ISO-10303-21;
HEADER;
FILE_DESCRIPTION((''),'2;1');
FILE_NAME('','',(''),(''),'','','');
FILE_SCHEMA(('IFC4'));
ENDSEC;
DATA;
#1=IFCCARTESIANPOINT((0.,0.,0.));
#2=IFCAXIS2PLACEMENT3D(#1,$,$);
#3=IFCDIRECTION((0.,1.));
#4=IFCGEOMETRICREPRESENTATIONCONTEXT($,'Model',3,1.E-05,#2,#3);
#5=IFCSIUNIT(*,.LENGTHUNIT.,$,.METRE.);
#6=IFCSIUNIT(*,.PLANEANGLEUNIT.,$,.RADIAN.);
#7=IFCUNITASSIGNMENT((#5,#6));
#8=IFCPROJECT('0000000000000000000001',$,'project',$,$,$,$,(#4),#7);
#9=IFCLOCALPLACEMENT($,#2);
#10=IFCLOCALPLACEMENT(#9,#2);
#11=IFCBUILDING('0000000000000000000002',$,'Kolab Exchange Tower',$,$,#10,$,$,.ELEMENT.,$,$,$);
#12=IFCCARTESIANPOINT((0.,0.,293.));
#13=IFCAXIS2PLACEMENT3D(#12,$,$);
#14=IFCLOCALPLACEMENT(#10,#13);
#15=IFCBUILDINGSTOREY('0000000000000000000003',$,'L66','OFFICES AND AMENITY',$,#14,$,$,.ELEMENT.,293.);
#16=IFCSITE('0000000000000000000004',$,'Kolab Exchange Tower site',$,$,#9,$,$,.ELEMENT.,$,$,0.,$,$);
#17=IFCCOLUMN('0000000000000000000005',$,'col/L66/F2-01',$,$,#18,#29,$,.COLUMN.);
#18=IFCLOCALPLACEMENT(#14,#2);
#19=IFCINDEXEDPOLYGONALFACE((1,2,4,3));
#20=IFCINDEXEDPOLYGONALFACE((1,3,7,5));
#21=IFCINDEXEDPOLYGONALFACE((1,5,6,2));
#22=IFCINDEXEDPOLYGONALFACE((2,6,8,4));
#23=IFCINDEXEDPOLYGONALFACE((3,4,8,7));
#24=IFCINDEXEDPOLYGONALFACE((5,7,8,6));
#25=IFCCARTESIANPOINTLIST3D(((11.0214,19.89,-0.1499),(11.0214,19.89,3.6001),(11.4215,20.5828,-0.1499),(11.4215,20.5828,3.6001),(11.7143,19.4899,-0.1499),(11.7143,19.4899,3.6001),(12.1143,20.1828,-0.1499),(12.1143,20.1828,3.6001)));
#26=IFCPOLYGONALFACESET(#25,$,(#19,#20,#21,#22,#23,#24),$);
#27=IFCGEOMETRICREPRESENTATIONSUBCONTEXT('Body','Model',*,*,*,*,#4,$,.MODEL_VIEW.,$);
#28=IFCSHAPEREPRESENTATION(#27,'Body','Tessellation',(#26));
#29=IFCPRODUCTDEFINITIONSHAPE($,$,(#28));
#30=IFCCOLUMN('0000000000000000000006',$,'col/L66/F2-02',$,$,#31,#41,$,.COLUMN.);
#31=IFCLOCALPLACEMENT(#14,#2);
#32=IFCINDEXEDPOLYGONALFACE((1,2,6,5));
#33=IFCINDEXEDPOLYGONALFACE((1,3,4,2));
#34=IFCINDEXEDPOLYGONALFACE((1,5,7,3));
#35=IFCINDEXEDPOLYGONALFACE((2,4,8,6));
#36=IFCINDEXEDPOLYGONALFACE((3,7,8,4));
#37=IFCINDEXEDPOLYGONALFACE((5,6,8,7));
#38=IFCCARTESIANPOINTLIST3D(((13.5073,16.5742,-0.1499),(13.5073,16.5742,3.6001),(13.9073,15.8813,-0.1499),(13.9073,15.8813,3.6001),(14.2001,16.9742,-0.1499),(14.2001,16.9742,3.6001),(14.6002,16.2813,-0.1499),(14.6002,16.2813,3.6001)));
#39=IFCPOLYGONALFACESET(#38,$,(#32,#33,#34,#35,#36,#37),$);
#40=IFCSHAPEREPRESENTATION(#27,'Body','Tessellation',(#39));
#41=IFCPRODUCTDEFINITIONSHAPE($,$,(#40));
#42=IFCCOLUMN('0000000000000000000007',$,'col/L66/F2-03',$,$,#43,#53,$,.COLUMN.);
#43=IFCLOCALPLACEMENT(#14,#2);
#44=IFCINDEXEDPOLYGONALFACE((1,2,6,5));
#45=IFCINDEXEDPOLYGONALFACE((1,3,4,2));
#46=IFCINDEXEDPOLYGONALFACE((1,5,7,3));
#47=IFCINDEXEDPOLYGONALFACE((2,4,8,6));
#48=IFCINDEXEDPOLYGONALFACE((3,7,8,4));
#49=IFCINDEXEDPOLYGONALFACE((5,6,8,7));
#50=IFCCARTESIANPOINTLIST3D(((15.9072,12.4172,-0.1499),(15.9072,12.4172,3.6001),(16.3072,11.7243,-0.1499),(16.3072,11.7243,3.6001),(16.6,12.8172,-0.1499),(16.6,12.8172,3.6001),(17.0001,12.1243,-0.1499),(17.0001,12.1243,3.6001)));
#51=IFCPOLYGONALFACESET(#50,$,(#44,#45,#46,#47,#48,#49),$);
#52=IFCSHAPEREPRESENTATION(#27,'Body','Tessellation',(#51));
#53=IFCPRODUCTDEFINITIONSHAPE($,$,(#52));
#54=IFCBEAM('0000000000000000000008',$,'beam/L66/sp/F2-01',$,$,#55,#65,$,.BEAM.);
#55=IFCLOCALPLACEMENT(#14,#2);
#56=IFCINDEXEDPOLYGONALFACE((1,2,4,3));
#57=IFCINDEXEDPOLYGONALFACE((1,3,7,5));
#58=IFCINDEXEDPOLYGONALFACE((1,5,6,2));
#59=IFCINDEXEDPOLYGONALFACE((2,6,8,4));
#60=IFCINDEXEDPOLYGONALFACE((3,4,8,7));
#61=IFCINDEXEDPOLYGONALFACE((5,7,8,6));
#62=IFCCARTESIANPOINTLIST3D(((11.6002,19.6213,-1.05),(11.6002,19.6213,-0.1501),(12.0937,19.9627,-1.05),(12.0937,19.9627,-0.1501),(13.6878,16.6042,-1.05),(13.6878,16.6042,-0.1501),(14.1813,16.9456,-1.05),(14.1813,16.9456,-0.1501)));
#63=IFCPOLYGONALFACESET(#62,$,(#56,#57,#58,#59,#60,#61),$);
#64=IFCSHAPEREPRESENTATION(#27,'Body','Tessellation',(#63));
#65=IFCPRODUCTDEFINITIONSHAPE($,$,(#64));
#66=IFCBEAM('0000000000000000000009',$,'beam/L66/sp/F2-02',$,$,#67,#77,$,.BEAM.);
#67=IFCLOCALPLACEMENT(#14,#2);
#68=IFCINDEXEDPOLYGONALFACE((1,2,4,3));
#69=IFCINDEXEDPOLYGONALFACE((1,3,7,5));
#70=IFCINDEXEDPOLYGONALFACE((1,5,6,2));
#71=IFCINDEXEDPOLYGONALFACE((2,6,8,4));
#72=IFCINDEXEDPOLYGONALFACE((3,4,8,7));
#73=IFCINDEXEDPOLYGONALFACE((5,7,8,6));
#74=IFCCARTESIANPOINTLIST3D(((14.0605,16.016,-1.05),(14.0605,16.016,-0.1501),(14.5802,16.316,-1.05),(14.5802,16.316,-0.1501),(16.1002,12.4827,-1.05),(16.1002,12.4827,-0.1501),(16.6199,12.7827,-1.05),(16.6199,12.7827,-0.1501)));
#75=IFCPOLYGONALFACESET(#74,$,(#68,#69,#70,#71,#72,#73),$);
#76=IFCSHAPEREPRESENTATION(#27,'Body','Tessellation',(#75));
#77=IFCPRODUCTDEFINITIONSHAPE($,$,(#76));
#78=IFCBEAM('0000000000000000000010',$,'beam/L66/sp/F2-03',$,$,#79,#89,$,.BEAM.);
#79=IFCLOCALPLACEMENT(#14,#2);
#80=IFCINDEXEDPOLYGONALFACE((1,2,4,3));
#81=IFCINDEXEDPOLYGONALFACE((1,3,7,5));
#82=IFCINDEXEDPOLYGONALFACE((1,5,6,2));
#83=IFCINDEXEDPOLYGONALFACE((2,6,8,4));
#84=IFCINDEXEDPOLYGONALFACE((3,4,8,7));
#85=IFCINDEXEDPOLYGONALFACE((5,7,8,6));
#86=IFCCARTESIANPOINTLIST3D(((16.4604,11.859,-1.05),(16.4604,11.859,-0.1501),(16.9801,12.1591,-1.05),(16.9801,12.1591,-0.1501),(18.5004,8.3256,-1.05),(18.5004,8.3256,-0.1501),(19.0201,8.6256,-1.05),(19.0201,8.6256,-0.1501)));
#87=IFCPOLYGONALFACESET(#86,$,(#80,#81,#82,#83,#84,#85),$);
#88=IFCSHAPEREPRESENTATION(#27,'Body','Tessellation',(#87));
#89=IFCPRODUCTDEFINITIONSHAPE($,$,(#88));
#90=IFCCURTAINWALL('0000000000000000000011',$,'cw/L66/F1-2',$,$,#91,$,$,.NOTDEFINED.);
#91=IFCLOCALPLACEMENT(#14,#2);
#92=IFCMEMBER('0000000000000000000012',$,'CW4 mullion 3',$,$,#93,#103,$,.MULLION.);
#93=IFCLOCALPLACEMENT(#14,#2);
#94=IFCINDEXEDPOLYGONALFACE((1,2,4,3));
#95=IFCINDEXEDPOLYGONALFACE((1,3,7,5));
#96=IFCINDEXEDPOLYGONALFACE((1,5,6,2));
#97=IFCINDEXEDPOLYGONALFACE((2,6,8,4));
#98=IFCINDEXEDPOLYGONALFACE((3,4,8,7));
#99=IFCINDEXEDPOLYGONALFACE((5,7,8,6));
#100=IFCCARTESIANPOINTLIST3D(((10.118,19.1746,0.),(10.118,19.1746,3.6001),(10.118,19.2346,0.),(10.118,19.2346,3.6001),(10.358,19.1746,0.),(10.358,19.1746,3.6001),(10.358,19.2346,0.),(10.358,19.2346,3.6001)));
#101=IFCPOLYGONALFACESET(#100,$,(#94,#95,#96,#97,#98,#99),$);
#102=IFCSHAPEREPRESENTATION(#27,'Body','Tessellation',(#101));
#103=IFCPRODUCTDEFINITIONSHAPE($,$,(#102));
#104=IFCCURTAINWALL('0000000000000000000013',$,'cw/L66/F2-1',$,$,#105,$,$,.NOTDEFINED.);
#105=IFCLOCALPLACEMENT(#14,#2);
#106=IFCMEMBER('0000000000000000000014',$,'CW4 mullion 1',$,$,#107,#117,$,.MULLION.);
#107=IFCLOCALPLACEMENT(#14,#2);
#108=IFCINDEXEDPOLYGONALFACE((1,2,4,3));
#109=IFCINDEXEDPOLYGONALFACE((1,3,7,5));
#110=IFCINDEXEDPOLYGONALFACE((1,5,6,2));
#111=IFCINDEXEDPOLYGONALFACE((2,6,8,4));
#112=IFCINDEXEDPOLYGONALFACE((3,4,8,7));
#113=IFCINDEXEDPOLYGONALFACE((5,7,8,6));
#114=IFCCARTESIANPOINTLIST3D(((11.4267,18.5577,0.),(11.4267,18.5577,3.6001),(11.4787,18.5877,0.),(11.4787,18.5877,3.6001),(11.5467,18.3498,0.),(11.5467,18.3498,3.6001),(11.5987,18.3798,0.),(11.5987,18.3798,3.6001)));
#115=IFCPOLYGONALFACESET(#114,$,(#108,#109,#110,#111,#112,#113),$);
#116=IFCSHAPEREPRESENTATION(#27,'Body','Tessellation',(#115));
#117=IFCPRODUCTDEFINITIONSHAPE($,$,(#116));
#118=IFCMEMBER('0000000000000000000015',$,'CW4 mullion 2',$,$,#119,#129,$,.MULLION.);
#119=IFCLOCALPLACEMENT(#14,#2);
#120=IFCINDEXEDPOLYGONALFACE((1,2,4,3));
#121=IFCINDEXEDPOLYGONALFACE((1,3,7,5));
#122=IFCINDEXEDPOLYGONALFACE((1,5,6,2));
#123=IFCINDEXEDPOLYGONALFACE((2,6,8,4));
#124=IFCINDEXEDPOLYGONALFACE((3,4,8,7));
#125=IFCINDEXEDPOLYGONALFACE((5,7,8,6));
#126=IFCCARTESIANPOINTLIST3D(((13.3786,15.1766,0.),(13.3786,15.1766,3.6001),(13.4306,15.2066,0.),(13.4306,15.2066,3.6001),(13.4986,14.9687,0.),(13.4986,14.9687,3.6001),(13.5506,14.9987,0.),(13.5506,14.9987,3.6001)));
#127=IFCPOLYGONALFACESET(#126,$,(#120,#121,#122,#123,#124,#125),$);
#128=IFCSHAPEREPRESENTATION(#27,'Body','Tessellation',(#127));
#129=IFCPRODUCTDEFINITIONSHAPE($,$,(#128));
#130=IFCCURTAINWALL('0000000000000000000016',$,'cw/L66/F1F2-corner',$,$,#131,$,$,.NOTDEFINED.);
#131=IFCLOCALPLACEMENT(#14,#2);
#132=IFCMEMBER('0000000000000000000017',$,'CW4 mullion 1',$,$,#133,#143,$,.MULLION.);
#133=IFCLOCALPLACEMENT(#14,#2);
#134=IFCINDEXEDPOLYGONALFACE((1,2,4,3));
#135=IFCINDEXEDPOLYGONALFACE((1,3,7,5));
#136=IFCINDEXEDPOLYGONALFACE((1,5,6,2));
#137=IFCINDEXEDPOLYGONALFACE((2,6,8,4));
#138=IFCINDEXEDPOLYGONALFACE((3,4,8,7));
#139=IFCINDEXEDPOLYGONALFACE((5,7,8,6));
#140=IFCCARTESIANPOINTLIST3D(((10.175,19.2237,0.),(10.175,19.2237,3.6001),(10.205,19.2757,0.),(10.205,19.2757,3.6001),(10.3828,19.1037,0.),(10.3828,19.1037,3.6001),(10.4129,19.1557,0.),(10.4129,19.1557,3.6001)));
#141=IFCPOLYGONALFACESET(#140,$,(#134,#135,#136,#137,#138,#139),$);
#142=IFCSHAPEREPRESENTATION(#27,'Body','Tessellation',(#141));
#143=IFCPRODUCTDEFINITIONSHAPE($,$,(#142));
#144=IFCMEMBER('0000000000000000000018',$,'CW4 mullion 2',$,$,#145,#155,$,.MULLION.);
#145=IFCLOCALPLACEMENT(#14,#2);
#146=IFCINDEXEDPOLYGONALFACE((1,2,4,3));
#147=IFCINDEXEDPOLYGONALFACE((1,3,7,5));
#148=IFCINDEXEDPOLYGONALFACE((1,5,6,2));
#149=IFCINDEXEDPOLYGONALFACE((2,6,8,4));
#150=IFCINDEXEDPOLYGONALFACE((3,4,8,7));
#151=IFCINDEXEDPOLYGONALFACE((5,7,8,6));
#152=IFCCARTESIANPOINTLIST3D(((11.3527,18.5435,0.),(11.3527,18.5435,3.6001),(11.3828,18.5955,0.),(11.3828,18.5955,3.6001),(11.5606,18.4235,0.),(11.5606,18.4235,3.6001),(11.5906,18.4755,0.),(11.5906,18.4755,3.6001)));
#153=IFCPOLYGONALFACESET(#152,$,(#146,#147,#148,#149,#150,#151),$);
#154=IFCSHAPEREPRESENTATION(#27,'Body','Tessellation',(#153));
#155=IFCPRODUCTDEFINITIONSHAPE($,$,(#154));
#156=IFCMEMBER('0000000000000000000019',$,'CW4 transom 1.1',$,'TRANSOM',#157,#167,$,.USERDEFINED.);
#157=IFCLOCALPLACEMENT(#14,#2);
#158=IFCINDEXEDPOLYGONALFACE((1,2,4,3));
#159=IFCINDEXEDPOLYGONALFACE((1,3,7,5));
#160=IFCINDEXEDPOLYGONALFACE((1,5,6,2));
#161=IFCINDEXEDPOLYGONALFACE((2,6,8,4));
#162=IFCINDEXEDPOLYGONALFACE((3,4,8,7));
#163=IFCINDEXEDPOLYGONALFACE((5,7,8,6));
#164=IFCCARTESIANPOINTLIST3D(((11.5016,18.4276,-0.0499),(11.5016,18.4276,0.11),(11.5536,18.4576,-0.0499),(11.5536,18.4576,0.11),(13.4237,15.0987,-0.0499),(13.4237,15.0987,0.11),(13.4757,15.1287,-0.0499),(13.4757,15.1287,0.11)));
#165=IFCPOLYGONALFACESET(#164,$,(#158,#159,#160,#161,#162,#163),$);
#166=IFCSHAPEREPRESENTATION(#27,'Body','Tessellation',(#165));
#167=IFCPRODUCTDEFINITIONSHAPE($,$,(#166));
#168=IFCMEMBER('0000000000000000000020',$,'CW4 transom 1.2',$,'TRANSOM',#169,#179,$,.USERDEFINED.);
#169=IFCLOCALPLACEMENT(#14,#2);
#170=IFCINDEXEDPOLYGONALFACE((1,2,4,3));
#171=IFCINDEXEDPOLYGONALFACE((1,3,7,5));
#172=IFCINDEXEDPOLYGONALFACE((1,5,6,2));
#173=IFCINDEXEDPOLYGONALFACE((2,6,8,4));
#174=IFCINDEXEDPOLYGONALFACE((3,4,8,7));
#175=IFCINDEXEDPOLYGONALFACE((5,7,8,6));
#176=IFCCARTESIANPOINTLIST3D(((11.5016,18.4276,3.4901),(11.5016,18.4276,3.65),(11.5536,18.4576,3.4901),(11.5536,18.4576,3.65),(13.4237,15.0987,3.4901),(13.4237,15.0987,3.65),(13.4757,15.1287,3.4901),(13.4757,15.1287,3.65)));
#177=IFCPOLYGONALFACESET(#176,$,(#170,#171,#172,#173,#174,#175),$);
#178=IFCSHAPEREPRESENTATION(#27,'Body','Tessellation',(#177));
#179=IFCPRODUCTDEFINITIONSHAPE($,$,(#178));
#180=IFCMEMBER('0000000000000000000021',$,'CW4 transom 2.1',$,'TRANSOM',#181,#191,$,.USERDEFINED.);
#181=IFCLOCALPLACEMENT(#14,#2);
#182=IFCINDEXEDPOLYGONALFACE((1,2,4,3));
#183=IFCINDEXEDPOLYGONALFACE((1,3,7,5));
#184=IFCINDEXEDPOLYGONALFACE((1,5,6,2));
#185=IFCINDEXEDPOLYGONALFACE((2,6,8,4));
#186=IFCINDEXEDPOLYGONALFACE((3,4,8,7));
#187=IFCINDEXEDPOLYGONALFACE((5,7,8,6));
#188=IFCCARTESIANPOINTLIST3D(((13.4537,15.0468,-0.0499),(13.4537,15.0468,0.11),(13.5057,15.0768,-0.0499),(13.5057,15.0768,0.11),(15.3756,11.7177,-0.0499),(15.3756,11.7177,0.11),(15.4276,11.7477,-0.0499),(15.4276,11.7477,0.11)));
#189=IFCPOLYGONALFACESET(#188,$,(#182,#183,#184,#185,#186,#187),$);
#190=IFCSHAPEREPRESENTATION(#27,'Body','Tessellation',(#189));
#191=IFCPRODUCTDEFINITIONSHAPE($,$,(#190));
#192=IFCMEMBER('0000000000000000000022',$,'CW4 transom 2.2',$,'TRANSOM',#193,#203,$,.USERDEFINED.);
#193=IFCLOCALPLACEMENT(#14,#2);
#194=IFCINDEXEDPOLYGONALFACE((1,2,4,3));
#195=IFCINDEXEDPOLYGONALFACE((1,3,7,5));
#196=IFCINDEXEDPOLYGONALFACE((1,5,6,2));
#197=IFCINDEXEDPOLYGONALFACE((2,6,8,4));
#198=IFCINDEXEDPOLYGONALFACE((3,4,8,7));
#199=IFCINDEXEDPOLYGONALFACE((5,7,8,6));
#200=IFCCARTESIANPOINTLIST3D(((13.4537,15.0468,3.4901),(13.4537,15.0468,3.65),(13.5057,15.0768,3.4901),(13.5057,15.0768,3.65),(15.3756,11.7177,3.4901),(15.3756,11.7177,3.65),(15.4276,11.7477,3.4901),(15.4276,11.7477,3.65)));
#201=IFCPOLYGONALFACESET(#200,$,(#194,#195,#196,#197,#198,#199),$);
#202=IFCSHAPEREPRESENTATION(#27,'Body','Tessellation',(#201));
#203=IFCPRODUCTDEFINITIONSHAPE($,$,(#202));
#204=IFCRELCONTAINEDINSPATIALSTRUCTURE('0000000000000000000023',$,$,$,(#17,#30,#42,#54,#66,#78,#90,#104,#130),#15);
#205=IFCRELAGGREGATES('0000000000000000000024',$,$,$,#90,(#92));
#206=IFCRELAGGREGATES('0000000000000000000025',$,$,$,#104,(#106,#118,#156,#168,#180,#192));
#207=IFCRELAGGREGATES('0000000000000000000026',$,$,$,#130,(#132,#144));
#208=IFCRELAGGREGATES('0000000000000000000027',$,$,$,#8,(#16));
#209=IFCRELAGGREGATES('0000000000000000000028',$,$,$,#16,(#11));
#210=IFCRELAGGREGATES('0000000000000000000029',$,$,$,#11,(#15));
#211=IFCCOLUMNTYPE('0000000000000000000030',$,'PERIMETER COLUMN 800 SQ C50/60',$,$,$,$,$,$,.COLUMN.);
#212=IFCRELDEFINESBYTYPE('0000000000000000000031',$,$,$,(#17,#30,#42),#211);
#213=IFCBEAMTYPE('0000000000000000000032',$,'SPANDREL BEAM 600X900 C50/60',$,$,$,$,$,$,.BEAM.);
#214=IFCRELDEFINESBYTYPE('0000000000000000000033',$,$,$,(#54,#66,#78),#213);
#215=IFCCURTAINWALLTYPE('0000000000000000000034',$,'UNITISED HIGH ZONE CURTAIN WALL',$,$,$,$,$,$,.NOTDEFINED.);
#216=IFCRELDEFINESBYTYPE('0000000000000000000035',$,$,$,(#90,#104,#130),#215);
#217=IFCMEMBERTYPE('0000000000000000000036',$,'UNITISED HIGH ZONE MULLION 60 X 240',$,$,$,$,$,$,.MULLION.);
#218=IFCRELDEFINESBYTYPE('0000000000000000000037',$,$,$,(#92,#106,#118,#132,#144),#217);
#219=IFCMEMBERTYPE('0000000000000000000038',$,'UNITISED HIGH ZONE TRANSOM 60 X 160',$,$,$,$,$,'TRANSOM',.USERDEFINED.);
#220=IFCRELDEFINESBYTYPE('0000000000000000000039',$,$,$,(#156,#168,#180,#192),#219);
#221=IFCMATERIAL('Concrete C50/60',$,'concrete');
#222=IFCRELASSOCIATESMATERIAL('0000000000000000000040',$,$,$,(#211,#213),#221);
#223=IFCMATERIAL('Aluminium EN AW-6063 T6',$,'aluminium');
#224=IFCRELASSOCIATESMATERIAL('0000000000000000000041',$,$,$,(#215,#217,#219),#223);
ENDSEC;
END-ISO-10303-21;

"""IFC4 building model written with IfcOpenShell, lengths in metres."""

from ifc_helpers import new_model, si_unit, direction, frame, origin, origin_2d, place, context, subcontext, project, spatial, rectangle, extrude, material, material_profile, profile_set, type_object, element, aggregate, save


model = new_model("IFC4")

# Units and contexts
model_context = context("Model", 3, precision=1e-05, world=origin(), true_north=direction((0.0, 1.0)))
body_context = subcontext(model_context, "Body", "Model", "MODEL_VIEW")
ifc_project = project(units=[si_unit("LENGTHUNIT", "METRE"), si_unit("PLANEANGLEUNIT", "RADIAN")], contexts=[model_context])

# Site, building, storey
site_placement = place(None, origin())
site = spatial("IfcSite", under=ifc_project, at=site_placement, Name="Kolab Exchange Tower site", CompositionType="ELEMENT", RefElevation=0.0)
building_placement = place(site_placement, origin())
building = spatial("IfcBuilding", under=site, at=building_placement, Name="Kolab Exchange Tower", CompositionType="ELEMENT")
storey_placement = place(building_placement, frame((0.0, 0.0, 293.0)))
storey = spatial("IfcBuildingStorey", under=building, at=storey_placement, Name="L66", Description="OFFICES AND AMENITY", CompositionType="ELEMENT", Elevation=293.0)

# Columns
ifc_material_1 = material(Name="Concrete C50/60", Category="concrete")
ifc_material_profile_1 = material_profile(ifc_material_1, rectangle(XDim=0.8, YDim=0.8, at=origin_2d()), Name="RC800")
ifc_profile_set_1 = profile_set([ifc_material_profile_1], Name="Concrete C50/60")
column_type = type_object("IfcColumnType", Name="PERIMETER COLUMN 800 SQ C50/60", PredefinedType="COLUMN", material=ifc_profile_set_1)
for number, where, z_axis, x_axis, name in (
    (1, (11.5679, 20.0364, -0.1499), (0.0, 0.0, 1.0), (0.5, 0.866025, 0.0), "col/L66/F2-01"),
    (2, (14.0537, 16.4277, -0.1499), (0.0, 0.0, 1.0), (0.866025, 0.5, 0.0), "col/L66/F2-02"),
    (3, (16.4536, 12.2708, -0.1499), (0.0, 0.0, 1.0), (0.866025, 0.5, 0.0), "col/L66/F2-03"),
):
    element("IfcColumn", number, at=place(storey_placement, frame(where, z_axis=z_axis, x_axis=x_axis)), inside=storey, type_object=column_type, Name=name, PredefinedType="COLUMN", context=body_context, shape_type="SweptSolid", body=[
        extrude(rectangle(XDim=0.8, YDim=0.8, at=origin_2d()), origin(), (0.0, 0.0, 1.0), 3.75),
    ])

# Beams
ifc_material_profile_2 = material_profile(ifc_material_1, rectangle(XDim=0.6001, YDim=0.8999, at=origin_2d()), Name="RC600X900")
ifc_profile_set_2 = profile_set([ifc_material_profile_2], Name="Concrete C50/60")
beam_type = type_object("IfcBeamType", Name="SPANDREL BEAM 600X900 C50/60", PredefinedType="BEAM", material=ifc_profile_set_2)
beam_1_placement = place(storey_placement, frame((11.8469, 19.792, -0.6001), z_axis=(0.569006, -0.822334, 0.0), x_axis=(0.822334, 0.569006, 0.0)))
element("IfcBeam", 4, at=beam_1_placement, inside=storey, type_object=beam_type, Name="beam/L66/sp/F2-01", PredefinedType="BEAM", context=body_context, shape_type="SweptSolid", body=[
    extrude(rectangle(XDim=0.6001, YDim=0.8999, at=origin_2d()), origin(), (0.0, 0.0, 1.0), 3.6689),
])
beam_2_placement = place(storey_placement, frame((14.3203, 16.166, -0.6001), z_axis=(0.499956, -0.866051, 0.0), x_axis=(0.866051, 0.499956, 0.0)))
element("IfcBeam", 5, at=beam_2_placement, inside=storey, type_object=beam_type, Name="beam/L66/sp/F2-02", PredefinedType="BEAM", context=body_context, shape_type="SweptSolid", body=[
    extrude(rectangle(XDim=0.6001, YDim=0.8999, at=origin_2d()), origin(), (0.0, 0.0, 1.0), 4.0798),
])
beam_3_placement = place(storey_placement, frame((16.7202, 12.009, -0.6001), z_axis=(0.5, -0.866025, 0.0), x_axis=(0.866025, 0.5, 0.0)))
element("IfcBeam", 6, at=beam_3_placement, inside=storey, type_object=beam_type, Name="beam/L66/sp/F2-03", PredefinedType="BEAM", context=body_context, shape_type="SweptSolid", body=[
    extrude(rectangle(XDim=0.6001, YDim=0.8999, at=origin_2d()), origin(), (0.0, 0.0, 1.0), 4.0801),
])

# Curtain wall, member
ifc_material_2 = material(Name="Aluminium EN AW-6063 T6", Category="aluminium")
curtain_wall_type = type_object("IfcCurtainWallType", Name="UNITISED HIGH ZONE CURTAIN WALL", PredefinedType="NOTDEFINED", material=ifc_material_2)
curtain_wall_1_placement = place(storey_placement, origin())
curtain_wall_1 = element("IfcCurtainWall", 7, at=curtain_wall_1_placement, inside=storey, type_object=curtain_wall_type, Name="cw/L66/F1-2", PredefinedType="NOTDEFINED")
ifc_material_profile_3 = material_profile(ifc_material_2, rectangle(XDim=0.0601, YDim=0.24, at=origin_2d()), Name="RECT 60X240")
ifc_profile_set_3 = profile_set([ifc_material_profile_3], Name="Aluminium EN AW-6063 T6")
member_type_1 = type_object("IfcMemberType", Name="UNITISED HIGH ZONE MULLION 60 X 240", PredefinedType="MULLION", material=ifc_profile_set_3)
member_1_placement = place(storey_placement, frame((10.238, 19.2046, 0.0), z_axis=(0.0, 0.0, 1.0), x_axis=(0.0, 1.0, 0.0)))
member_1 = element("IfcMember", 8, at=member_1_placement, type_object=member_type_1, Name="CW4 mullion 3", PredefinedType="MULLION", context=body_context, shape_type="SweptSolid", body=[
    extrude(rectangle(XDim=0.0601, YDim=0.24, at=origin_2d()), origin(), (0.0, 0.0, 1.0), 3.6001),
])
aggregate(curtain_wall_1, [member_1])

# Curtain walls, members
curtain_wall_2_placement = place(storey_placement, origin())
curtain_wall_2 = element("IfcCurtainWall", 9, at=curtain_wall_2_placement, inside=storey, type_object=curtain_wall_type, Name="cw/L66/F2-1", PredefinedType="NOTDEFINED")
member_2_placement = place(storey_placement, frame((11.5127, 18.4688, 0.0), z_axis=(0.0, 0.0, 1.0), x_axis=(0.866025, 0.5, 0.0)))
member_2 = element("IfcMember", 10, at=member_2_placement, type_object=member_type_1, Name="CW4 mullion 1", PredefinedType="MULLION", context=body_context, shape_type="SweptSolid", body=[
    extrude(rectangle(XDim=0.0601, YDim=0.24, at=origin_2d()), origin(), (0.0, 0.0, 1.0), 3.6001),
])
member_3_placement = place(storey_placement, frame((13.4646, 15.0876, 0.0), z_axis=(0.0, 0.0, 1.0), x_axis=(0.866025, 0.5, 0.0)))
member_3 = element("IfcMember", 11, at=member_3_placement, type_object=member_type_1, Name="CW4 mullion 2", PredefinedType="MULLION", context=body_context, shape_type="SweptSolid", body=[
    extrude(rectangle(XDim=0.0601, YDim=0.24, at=origin_2d()), origin(), (0.0, 0.0, 1.0), 3.6001),
])
curtain_wall_3_placement = place(storey_placement, origin())
curtain_wall_3 = element("IfcCurtainWall", 12, at=curtain_wall_3_placement, inside=storey, type_object=curtain_wall_type, Name="cw/L66/F1F2-corner", PredefinedType="NOTDEFINED")
member_4_placement = place(storey_placement, frame((10.2939, 19.1897, 0.0), z_axis=(0.0, 0.0, 1.0), x_axis=(0.5, 0.866025, 0.0)))
member_4 = element("IfcMember", 13, at=member_4_placement, type_object=member_type_1, Name="CW4 mullion 1", PredefinedType="MULLION", context=body_context, shape_type="SweptSolid", body=[
    extrude(rectangle(XDim=0.0601, YDim=0.24, at=origin_2d()), origin(), (0.0, 0.0, 1.0), 3.6001),
])
member_5_placement = place(storey_placement, frame((11.4717, 18.5095, 0.0), z_axis=(0.0, 0.0, 1.0), x_axis=(0.5, 0.866025, 0.0)))
member_5 = element("IfcMember", 14, at=member_5_placement, type_object=member_type_1, Name="CW4 mullion 2", PredefinedType="MULLION", context=body_context, shape_type="SweptSolid", body=[
    extrude(rectangle(XDim=0.0601, YDim=0.24, at=origin_2d()), origin(), (0.0, 0.0, 1.0), 3.6001),
])

# Members
ifc_material_profile_4 = material_profile(ifc_material_2, rectangle(XDim=0.0601, YDim=0.1599, at=origin_2d()), Name="RECT 60X160")
ifc_profile_set_4 = profile_set([ifc_material_profile_4], Name="Aluminium EN AW-6063 T6")
member_type_2 = type_object("IfcMemberType", Name="UNITISED HIGH ZONE TRANSOM 60 X 160", ElementType="TRANSOM", PredefinedType="USERDEFINED", material=ifc_profile_set_4)
member_6_placement = place(storey_placement, frame((11.5276, 18.4426, 0.03), z_axis=(0.500039, -0.866003, 0.0), x_axis=(0.866003, 0.500039, 0.0)))
member_6 = element("IfcMember", 15, at=member_6_placement, type_object=member_type_2, Name="CW4 transom 1.1", ObjectType="TRANSOM", PredefinedType="USERDEFINED", context=body_context, shape_type="SweptSolid", body=[
    extrude(rectangle(XDim=0.0601, YDim=0.1599, at=origin_2d()), origin(), (0.0, 0.0, 1.0), 3.844),
])
member_7_placement = place(storey_placement, frame((11.5276, 18.4426, 3.5701), z_axis=(0.500039, -0.866003, 0.0), x_axis=(0.866003, 0.500039, 0.0)))
member_7 = element("IfcMember", 16, at=member_7_placement, type_object=member_type_2, Name="CW4 transom 1.2", ObjectType="TRANSOM", PredefinedType="USERDEFINED", context=body_context, shape_type="SweptSolid", body=[
    extrude(rectangle(XDim=0.0601, YDim=0.1599, at=origin_2d()), origin(), (0.0, 0.0, 1.0), 3.844),
])
member_8_placement = place(storey_placement, frame((13.4797, 15.0618, 0.03), z_axis=(0.499964, -0.866046, 0.0), x_axis=(0.866046, 0.499964, 0.0)))
member_8 = element("IfcMember", 17, at=member_8_placement, type_object=member_type_2, Name="CW4 transom 2.1", ObjectType="TRANSOM", PredefinedType="USERDEFINED", context=body_context, shape_type="SweptSolid", body=[
    extrude(rectangle(XDim=0.0601, YDim=0.1599, at=origin_2d()), origin(), (0.0, 0.0, 1.0), 3.844),
])
member_9_placement = place(storey_placement, frame((13.4797, 15.0618, 3.5701), z_axis=(0.499964, -0.866046, 0.0), x_axis=(0.866046, 0.499964, 0.0)))
member_9 = element("IfcMember", 18, at=member_9_placement, type_object=member_type_2, Name="CW4 transom 2.2", ObjectType="TRANSOM", PredefinedType="USERDEFINED", context=body_context, shape_type="SweptSolid", body=[
    extrude(rectangle(XDim=0.0601, YDim=0.1599, at=origin_2d()), origin(), (0.0, 0.0, 1.0), 3.844),
])

aggregate(curtain_wall_2, [member_2, member_3, member_6, member_7, member_8, member_9])
aggregate(curtain_wall_3, [member_4, member_5])

save(model, "model.ifc")
